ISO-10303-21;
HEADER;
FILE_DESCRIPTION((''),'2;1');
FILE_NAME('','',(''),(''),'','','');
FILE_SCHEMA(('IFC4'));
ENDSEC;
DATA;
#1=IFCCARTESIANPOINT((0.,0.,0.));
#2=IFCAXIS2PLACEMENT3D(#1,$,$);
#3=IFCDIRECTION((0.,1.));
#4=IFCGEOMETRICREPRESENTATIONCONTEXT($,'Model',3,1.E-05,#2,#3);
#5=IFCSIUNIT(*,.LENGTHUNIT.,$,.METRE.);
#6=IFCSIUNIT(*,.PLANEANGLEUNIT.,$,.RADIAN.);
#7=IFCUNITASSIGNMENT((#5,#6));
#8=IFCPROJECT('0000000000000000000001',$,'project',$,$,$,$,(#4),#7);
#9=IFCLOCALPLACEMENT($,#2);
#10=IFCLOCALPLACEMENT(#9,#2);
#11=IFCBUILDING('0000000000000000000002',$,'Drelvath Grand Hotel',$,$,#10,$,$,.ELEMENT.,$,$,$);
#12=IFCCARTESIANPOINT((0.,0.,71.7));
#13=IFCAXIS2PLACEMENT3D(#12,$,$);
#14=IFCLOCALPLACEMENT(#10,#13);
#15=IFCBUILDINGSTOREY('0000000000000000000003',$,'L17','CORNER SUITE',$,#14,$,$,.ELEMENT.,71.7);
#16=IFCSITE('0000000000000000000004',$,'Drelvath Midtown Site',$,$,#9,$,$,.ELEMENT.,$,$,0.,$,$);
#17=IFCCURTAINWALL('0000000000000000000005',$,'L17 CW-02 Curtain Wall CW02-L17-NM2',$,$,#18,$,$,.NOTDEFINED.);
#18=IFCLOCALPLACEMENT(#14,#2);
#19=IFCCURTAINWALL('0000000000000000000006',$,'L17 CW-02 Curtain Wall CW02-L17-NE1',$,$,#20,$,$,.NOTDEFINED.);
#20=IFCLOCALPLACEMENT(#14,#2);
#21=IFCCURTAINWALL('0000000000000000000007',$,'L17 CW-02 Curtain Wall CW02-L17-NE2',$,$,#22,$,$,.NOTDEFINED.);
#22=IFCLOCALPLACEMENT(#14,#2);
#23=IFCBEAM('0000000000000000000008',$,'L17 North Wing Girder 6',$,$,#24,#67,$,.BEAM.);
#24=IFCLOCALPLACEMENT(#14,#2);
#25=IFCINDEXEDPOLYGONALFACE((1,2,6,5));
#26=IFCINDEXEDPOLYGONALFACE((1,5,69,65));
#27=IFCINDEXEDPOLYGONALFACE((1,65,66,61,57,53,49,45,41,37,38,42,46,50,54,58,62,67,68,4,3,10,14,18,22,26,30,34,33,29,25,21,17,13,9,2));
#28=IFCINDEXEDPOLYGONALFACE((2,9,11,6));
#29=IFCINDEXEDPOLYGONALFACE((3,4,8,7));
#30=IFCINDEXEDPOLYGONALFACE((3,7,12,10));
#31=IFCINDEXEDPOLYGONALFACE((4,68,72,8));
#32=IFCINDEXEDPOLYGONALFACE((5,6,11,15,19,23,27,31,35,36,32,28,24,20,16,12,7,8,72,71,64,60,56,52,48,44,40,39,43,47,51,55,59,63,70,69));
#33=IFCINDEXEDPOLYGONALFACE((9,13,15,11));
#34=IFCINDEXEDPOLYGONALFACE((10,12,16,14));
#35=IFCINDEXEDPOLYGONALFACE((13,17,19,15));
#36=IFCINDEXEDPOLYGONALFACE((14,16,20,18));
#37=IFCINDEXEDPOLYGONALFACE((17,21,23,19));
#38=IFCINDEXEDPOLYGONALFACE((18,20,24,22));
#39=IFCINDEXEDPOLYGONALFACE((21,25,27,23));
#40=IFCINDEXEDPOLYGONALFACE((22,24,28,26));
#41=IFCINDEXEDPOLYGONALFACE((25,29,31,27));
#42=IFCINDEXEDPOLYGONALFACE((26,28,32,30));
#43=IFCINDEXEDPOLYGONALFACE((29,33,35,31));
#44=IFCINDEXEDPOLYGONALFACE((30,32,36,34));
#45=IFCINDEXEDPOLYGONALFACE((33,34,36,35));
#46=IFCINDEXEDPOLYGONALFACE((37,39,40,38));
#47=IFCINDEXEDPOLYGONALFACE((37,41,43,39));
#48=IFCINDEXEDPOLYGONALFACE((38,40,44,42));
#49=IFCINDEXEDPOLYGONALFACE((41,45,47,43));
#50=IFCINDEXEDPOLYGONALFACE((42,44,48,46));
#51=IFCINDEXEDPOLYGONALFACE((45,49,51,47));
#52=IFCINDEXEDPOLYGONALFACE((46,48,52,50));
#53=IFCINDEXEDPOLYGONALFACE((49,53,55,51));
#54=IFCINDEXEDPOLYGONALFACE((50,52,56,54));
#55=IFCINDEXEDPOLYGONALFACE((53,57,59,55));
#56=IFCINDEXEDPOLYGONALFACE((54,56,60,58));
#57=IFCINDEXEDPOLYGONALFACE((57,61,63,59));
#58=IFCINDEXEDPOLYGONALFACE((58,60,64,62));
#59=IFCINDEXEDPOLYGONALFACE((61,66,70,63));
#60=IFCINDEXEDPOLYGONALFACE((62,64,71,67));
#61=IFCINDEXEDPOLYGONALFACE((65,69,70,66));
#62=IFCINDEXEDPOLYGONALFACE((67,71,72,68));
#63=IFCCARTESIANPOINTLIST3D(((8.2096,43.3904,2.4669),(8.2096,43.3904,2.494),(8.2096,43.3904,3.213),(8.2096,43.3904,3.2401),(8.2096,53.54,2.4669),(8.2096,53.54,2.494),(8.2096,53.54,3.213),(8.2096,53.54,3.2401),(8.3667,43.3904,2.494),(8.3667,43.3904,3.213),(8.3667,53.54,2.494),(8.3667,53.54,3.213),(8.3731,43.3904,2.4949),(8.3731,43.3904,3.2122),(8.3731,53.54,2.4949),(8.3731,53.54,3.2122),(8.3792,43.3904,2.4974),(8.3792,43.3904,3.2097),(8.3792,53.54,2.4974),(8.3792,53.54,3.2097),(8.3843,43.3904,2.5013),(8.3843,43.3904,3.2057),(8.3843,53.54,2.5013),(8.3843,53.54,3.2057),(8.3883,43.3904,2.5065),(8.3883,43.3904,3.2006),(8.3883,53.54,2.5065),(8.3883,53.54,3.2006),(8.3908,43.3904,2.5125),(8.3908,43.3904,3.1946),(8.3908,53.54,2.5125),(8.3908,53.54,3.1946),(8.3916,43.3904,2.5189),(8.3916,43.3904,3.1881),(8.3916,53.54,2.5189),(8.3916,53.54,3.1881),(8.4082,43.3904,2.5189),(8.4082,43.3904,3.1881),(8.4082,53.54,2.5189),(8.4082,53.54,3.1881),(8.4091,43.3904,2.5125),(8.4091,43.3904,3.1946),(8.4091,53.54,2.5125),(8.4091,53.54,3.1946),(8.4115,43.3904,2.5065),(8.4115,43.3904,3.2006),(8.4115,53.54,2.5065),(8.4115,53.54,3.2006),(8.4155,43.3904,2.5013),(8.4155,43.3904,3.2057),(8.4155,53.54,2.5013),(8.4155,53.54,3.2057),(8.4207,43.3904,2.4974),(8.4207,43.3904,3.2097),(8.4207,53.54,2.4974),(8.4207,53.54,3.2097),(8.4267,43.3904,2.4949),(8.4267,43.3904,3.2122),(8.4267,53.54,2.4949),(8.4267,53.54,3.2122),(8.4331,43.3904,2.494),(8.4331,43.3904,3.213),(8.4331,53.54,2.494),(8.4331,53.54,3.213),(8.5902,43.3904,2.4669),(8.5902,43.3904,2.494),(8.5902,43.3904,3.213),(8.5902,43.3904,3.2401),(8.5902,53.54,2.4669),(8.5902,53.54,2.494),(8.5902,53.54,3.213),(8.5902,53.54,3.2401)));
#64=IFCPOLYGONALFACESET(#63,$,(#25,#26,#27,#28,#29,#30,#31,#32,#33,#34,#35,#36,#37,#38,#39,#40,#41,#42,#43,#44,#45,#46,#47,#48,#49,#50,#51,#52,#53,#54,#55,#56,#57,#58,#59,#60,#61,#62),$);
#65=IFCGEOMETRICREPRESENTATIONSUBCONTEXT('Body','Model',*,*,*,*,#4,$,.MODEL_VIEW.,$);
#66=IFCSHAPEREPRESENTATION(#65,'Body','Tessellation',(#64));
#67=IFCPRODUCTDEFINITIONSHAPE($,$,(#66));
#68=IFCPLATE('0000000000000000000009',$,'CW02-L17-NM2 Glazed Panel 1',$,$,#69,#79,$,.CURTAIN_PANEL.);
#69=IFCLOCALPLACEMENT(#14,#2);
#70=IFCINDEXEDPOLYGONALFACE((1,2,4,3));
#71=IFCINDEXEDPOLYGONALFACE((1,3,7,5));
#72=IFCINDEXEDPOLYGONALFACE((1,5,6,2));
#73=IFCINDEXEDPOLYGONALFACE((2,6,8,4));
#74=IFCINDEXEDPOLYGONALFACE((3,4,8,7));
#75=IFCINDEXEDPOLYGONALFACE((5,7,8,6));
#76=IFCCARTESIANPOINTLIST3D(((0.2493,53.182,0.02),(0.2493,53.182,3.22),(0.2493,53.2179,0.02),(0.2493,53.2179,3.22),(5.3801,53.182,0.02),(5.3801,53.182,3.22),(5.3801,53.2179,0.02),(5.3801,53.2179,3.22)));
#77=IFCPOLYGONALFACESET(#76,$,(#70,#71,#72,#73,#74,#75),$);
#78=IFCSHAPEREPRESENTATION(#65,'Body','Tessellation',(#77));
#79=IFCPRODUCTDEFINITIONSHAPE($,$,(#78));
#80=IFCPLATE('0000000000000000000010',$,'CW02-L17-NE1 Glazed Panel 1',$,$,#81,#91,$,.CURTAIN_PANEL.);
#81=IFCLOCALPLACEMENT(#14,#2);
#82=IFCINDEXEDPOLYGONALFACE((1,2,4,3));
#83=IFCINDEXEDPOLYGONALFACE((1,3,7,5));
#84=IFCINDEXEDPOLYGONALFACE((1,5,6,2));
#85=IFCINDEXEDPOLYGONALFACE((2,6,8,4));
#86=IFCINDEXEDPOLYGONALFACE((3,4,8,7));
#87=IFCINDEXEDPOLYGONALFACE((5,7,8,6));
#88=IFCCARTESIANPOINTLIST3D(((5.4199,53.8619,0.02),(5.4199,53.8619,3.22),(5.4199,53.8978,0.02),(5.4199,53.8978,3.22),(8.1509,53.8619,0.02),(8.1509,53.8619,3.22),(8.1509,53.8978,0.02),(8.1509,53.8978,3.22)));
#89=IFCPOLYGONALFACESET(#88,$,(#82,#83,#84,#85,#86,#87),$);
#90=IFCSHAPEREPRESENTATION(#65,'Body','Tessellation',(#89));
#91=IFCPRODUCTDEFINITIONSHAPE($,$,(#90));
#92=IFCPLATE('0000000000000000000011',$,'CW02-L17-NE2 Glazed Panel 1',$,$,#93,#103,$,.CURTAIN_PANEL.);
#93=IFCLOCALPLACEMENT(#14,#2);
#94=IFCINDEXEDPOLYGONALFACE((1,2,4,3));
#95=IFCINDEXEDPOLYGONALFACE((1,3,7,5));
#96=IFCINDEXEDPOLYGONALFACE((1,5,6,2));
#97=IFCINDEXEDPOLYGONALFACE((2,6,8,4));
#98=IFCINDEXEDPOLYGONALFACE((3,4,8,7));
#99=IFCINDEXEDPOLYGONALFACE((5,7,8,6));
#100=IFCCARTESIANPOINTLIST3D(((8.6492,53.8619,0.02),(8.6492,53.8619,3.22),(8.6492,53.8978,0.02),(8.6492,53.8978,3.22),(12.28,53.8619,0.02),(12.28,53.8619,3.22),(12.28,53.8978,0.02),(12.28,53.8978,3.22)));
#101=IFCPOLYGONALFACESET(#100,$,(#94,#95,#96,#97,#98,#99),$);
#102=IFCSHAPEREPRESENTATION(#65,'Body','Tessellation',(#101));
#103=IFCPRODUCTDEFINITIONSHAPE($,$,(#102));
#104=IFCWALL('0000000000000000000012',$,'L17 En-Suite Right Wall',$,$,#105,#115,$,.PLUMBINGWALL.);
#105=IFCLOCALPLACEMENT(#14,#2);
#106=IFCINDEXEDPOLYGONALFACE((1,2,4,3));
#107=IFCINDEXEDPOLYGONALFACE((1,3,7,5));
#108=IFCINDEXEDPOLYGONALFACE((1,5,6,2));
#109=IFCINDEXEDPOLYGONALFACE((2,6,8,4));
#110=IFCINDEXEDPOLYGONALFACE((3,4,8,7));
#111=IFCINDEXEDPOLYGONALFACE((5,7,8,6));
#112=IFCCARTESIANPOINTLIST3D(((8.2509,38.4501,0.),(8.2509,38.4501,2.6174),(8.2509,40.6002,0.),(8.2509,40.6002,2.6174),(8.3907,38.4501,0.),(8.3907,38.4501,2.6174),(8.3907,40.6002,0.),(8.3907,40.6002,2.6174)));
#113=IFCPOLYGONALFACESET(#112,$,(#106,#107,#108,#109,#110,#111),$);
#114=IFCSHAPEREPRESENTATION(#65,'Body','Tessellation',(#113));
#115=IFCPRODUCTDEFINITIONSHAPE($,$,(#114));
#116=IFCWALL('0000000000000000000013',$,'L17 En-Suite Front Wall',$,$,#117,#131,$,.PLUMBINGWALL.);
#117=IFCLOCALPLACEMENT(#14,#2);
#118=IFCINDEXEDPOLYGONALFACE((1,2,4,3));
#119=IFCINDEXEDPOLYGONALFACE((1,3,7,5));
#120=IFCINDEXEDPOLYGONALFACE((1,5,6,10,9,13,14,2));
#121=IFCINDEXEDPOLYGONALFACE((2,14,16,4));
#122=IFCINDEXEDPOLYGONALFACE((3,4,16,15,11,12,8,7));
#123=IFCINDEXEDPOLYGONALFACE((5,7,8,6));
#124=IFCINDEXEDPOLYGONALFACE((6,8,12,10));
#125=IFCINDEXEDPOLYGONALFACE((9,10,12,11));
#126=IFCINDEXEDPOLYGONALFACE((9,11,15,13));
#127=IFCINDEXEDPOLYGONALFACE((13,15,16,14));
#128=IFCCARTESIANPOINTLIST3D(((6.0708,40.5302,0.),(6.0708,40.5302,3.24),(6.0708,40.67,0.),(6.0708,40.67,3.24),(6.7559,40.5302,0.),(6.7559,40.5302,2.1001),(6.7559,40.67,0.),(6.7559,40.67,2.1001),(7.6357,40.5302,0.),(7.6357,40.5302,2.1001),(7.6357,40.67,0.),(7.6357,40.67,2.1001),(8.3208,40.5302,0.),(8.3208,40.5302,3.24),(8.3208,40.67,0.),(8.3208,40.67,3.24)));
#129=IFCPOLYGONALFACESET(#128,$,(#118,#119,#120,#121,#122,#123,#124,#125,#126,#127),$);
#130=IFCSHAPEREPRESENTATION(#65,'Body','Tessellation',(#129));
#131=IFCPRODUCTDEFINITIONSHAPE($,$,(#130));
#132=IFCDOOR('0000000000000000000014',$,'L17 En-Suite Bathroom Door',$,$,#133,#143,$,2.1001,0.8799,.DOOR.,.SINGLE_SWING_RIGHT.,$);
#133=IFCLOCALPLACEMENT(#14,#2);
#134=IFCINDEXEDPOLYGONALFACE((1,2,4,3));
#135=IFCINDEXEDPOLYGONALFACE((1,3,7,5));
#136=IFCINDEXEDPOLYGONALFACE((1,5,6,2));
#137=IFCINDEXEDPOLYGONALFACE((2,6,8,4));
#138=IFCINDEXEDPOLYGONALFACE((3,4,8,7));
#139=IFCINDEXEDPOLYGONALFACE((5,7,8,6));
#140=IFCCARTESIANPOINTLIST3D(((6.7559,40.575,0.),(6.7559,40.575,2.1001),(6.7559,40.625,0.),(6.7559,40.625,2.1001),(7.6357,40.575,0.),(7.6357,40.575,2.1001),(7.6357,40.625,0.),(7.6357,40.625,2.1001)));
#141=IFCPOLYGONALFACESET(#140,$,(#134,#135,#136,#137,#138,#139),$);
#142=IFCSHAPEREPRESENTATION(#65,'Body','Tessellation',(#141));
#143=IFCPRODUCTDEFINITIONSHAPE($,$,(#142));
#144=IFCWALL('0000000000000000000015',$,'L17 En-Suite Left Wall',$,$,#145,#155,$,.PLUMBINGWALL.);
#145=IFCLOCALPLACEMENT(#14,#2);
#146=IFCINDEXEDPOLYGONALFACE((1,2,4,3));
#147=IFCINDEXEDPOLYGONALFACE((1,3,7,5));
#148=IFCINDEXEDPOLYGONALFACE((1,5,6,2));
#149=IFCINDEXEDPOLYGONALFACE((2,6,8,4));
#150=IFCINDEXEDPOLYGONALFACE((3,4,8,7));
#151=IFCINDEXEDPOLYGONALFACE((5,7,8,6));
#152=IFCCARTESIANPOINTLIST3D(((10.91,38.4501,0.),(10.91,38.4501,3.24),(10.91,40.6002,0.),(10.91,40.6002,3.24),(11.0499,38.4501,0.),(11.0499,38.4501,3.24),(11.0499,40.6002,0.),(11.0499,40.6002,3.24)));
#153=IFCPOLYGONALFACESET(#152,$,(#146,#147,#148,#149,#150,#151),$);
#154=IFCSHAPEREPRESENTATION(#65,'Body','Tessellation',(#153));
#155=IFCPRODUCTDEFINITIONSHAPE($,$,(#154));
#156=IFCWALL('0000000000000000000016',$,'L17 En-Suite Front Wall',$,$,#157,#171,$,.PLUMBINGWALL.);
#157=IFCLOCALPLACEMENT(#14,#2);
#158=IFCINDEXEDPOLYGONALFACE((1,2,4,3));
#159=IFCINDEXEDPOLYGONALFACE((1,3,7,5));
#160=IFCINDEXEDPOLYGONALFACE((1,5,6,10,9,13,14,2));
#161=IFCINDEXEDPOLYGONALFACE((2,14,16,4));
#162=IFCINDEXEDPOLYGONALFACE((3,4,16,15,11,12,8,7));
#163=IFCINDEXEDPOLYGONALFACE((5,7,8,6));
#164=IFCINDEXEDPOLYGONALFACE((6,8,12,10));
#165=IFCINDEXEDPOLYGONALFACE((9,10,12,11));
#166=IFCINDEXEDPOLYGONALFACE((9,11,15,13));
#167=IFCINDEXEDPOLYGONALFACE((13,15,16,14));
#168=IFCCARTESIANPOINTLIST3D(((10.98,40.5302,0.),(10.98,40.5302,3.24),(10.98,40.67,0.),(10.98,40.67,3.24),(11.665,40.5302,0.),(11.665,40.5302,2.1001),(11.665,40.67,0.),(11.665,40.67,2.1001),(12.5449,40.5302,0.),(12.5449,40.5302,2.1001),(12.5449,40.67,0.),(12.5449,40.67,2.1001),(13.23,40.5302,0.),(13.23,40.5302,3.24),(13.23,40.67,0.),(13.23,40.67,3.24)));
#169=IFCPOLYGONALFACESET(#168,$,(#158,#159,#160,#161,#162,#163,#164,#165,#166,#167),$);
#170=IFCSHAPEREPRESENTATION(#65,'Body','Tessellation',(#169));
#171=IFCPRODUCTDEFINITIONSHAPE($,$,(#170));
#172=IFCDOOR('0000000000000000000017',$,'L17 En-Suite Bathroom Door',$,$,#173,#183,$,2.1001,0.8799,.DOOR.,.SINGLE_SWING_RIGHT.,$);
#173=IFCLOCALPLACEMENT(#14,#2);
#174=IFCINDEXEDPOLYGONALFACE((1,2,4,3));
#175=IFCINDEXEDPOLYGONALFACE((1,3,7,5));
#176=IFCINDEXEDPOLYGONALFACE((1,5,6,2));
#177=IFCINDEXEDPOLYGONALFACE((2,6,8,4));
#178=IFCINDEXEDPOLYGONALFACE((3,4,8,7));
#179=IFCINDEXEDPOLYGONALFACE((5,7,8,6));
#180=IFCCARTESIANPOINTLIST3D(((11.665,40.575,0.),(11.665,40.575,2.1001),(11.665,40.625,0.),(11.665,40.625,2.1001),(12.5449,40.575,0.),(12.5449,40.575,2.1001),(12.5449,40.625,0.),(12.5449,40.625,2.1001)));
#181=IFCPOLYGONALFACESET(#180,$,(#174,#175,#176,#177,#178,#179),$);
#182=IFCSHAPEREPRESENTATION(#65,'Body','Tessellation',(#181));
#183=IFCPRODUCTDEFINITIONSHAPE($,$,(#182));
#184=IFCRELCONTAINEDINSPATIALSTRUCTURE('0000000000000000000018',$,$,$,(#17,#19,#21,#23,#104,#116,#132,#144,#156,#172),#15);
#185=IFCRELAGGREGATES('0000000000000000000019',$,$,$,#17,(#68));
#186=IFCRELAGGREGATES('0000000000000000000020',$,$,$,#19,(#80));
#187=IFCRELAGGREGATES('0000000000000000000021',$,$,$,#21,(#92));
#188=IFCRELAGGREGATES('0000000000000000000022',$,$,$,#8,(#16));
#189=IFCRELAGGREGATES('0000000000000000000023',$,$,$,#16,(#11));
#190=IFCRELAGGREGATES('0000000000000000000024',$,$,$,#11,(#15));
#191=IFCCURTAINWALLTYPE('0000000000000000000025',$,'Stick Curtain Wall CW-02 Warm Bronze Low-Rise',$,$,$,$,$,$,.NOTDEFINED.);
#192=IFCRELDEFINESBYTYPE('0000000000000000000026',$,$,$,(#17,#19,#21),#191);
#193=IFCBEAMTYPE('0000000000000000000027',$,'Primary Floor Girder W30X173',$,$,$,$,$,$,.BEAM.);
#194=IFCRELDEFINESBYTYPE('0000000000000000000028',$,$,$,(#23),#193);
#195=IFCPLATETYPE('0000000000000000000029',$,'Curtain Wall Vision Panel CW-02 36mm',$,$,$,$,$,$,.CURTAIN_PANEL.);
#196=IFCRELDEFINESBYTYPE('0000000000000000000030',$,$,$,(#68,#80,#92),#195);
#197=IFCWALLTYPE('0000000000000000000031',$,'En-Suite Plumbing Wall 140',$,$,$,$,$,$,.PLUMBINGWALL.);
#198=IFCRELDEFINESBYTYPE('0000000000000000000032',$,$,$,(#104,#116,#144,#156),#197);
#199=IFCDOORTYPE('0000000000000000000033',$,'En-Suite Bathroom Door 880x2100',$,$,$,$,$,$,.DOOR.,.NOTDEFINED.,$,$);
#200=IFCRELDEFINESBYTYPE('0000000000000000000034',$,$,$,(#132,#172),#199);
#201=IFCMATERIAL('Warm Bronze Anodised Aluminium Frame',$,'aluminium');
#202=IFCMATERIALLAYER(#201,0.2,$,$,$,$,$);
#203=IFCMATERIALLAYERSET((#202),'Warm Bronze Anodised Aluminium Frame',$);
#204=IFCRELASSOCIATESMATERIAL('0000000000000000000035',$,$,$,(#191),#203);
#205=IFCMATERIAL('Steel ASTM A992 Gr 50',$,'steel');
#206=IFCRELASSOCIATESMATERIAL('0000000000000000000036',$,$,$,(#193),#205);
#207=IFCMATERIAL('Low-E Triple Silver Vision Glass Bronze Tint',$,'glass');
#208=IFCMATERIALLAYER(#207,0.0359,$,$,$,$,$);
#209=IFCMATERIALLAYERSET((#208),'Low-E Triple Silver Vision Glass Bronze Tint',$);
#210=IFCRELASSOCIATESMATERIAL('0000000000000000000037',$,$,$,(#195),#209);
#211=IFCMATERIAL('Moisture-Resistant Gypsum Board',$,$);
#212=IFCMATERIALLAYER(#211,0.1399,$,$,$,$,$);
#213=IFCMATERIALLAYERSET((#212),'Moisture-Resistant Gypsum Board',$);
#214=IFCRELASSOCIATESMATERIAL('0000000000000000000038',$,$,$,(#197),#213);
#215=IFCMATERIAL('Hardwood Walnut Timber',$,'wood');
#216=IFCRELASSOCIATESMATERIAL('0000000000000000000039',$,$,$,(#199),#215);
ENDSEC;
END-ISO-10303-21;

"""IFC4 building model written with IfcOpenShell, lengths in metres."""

from ifc_helpers import new_model, si_unit, direction, frame, frame_2d, origin, origin_2d, place, context, subcontext, project, spatial, rectangle, i_section, extrude, material, layer, layer_set, material_profile, profile_set, type_object, element, fill, aggregate, save


model = new_model("IFC4")

# Units and contexts
model_context = context("Model", 3, precision=1e-05, world=origin(), true_north=direction((0.0, 1.0)))
body_context = subcontext(model_context, "Body", "Model", "MODEL_VIEW")
ifc_project = project(units=[si_unit("LENGTHUNIT", "METRE"), si_unit("PLANEANGLEUNIT", "RADIAN")], contexts=[model_context])

# Site, building, storey
site_placement = place(None, origin())
site = spatial("IfcSite", under=ifc_project, at=site_placement, Name="Drelvath Midtown Site", CompositionType="ELEMENT", RefElevation=0.0)
building_placement = place(site_placement, origin())
building = spatial("IfcBuilding", under=site, at=building_placement, Name="Drelvath Grand Hotel", CompositionType="ELEMENT")
storey_placement = place(building_placement, frame((0.0, 0.0, 71.7)))
storey = spatial("IfcBuildingStorey", under=building, at=storey_placement, Name="L17", Description="CORNER SUITE", CompositionType="ELEMENT", Elevation=71.7)

# Curtain walls
ifc_material_1 = material(Name="Warm Bronze Anodised Aluminium Frame", Category="aluminium")
ifc_layer_1 = layer(ifc_material_1, 0.2)
ifc_layer_set_1 = layer_set([ifc_layer_1], Name="Warm Bronze Anodised Aluminium Frame")
curtain_wall_type = type_object("IfcCurtainWallType", Name="Stick Curtain Wall CW-02 Warm Bronze Low-Rise", PredefinedType="NOTDEFINED", material=ifc_layer_set_1)
curtain_wall_1_placement = place(storey_placement, origin())
curtain_wall_1 = element("IfcCurtainWall", 1, at=curtain_wall_1_placement, inside=storey, type_object=curtain_wall_type, Name="L17 CW-02 Curtain Wall CW02-L17-NM2", PredefinedType="NOTDEFINED")
curtain_wall_2_placement = place(storey_placement, origin())
curtain_wall_2 = element("IfcCurtainWall", 2, at=curtain_wall_2_placement, inside=storey, type_object=curtain_wall_type, Name="L17 CW-02 Curtain Wall CW02-L17-NE1", PredefinedType="NOTDEFINED")
curtain_wall_3_placement = place(storey_placement, origin())
curtain_wall_3 = element("IfcCurtainWall", 3, at=curtain_wall_3_placement, inside=storey, type_object=curtain_wall_type, Name="L17 CW-02 Curtain Wall CW02-L17-NE2", PredefinedType="NOTDEFINED")

# Beam
ifc_material_2 = material(Name="Steel ASTM A992 Gr 50", Category="steel")
ifc_material_profile_1 = material_profile(ifc_material_2, i_section(OverallWidth=0.3806, OverallDepth=0.7732, WebThickness=0.0166, FlangeThickness=0.0271, FilletRadius=0.0249, at=origin_2d()), Name="W30X173")
ifc_profile_set_1 = profile_set([ifc_material_profile_1], Name="Steel ASTM A992 Gr 50")
beam_type_1 = type_object("IfcBeamType", Name="Primary Floor Girder W30X173", PredefinedType="BEAM", material=ifc_profile_set_1)
beam_1_placement = place(storey_placement, frame((8.3999, 43.3904, 2.8535), z_axis=(0.0, 1.0, 0.0), x_axis=(-1.0, 0.0, 0.0)))
element("IfcBeam", 4, at=beam_1_placement, inside=storey, type_object=beam_type_1, Name="L17 North Wing Girder 6", PredefinedType="BEAM", context=body_context, shape_type="SweptSolid", body=[
    extrude(i_section(OverallWidth=0.3806, OverallDepth=0.7732, WebThickness=0.0166, FlangeThickness=0.0271, FilletRadius=0.0249, at=origin_2d()), origin(), (0.0, 0.0, 1.0), 10.1497),
])

# Plates
ifc_material_3 = material(Name="Low-E Triple Silver Vision Glass Bronze Tint", Category="glass")
ifc_layer_2 = layer(ifc_material_3, 0.0359)
ifc_layer_set_2 = layer_set([ifc_layer_2], Name="Low-E Triple Silver Vision Glass Bronze Tint")
plate_type = type_object("IfcPlateType", Name="Curtain Wall Vision Panel CW-02 36mm", PredefinedType="CURTAIN_PANEL", material=ifc_layer_set_2)
plate_1_placement = place(storey_placement, frame((2.8147, 53.2, 0.02), z_axis=(0.0, 0.0, 1.0), x_axis=(1.0, 0.0, 0.0)))
plate_1 = element("IfcPlate", 5, at=plate_1_placement, type_object=plate_type, Name="CW02-L17-NM2 Glazed Panel 1", PredefinedType="CURTAIN_PANEL", context=body_context, shape_type="SweptSolid", body=[
    extrude(rectangle(XDim=5.1309, YDim=0.0359, at=origin_2d()), origin(), (0.0, 0.0, 1.0), 3.2),
])
aggregate(curtain_wall_1, [plate_1])
plate_2_placement = place(storey_placement, frame((6.7854, 53.8799, 0.02), z_axis=(0.0, 0.0, 1.0), x_axis=(1.0, 0.0, 0.0)))
plate_2 = element("IfcPlate", 6, at=plate_2_placement, type_object=plate_type, Name="CW02-L17-NE1 Glazed Panel 1", PredefinedType="CURTAIN_PANEL", context=body_context, shape_type="SweptSolid", body=[
    extrude(rectangle(XDim=2.731, YDim=0.0359, at=origin_2d()), origin(), (0.0, 0.0, 1.0), 3.2),
])
aggregate(curtain_wall_2, [plate_2])
plate_3_placement = place(storey_placement, frame((10.4646, 53.8799, 0.02), z_axis=(0.0, 0.0, 1.0), x_axis=(1.0, 0.0, 0.0)))
plate_3 = element("IfcPlate", 7, at=plate_3_placement, type_object=plate_type, Name="CW02-L17-NE2 Glazed Panel 1", PredefinedType="CURTAIN_PANEL", context=body_context, shape_type="SweptSolid", body=[
    extrude(rectangle(XDim=3.6309, YDim=0.0359, at=origin_2d()), origin(), (0.0, 0.0, 1.0), 3.2),
])
aggregate(curtain_wall_3, [plate_3])

# Wall
ifc_material_4 = material(Name="Moisture-Resistant Gypsum Board")
ifc_layer_3 = layer(ifc_material_4, 0.1399)
ifc_layer_set_3 = layer_set([ifc_layer_3], Name="Moisture-Resistant Gypsum Board")
wall_type_1 = type_object("IfcWallType", Name="En-Suite Plumbing Wall 140", PredefinedType="PLUMBINGWALL", material=ifc_layer_set_3)
wall_1_placement = place(storey_placement, frame((8.3208, 38.45, 0.0), z_axis=(0.0, 0.0, 1.0), x_axis=(0.0, 1.0, 0.0)))
element("IfcWall", 8, at=wall_1_placement, inside=storey, type_object=wall_type_1, Name="L17 En-Suite Right Wall", PredefinedType="PLUMBINGWALL", context=body_context, shape_type="SweptSolid", body=[
    extrude(rectangle(XDim=2.1501, YDim=0.1399, at=frame_2d((1.0752, 0.0))), origin(), (0.0, 0.0, 1.0), 2.6174),
])

# Wall, opening, door
wall_2_placement = place(storey_placement, frame((6.0708, 40.6001, 0.0), z_axis=(0.0, 0.0, 1.0), x_axis=(1.0, 0.0, 0.0)))
wall_2 = element("IfcWall", 9, at=wall_2_placement, inside=storey, type_object=wall_type_1, Name="L17 En-Suite Front Wall", PredefinedType="PLUMBINGWALL", context=body_context, shape_type="SweptSolid", body=[
    extrude(rectangle(XDim=2.25, YDim=0.1399, at=frame_2d((1.125, 0.0))), origin(), (0.0, 0.0, 1.0), 3.24),
])
opening_1_placement = place(wall_2_placement, frame((0.6851, 0.0, 0.0)))
opening_1 = element("IfcOpeningElement", 10, at=opening_1_placement, cuts=wall_2, PredefinedType="OPENING", context=body_context, shape_type="SweptSolid", body=[
    extrude(rectangle(XDim=0.8799, YDim=2.1001, at=frame_2d((0.4399, 1.05))), frame((0.0, 0.0798, 0.0), z_axis=(0.0, -1.0, 0.0), x_axis=(1.0, 0.0, 0.0)), (0.0, 0.0, 1.0), 0.1599),
])
ifc_material_5 = material(Name="Hardwood Walnut Timber", Category="wood")
door_type = type_object("IfcDoorType", Name="En-Suite Bathroom Door 880x2100", OperationType="NOTDEFINED", PredefinedType="DOOR", material=ifc_material_5)
door_1_placement = place(opening_1_placement, origin())
door_1 = element("IfcDoor", 11, at=door_1_placement, inside=storey, type_object=door_type, Name="L17 En-Suite Bathroom Door", OperationType="SINGLE_SWING_RIGHT", OverallHeight=2.1001, OverallWidth=0.8799, PredefinedType="DOOR", context=body_context, shape_type="SweptSolid", body=[
    extrude(rectangle(XDim=0.8799, YDim=2.1001, at=frame_2d((0.4399, 1.05))), frame((0.0, 0.0249, 0.0), z_axis=(0.0, -1.0, 0.0), x_axis=(1.0, 0.0, 0.0)), (0.0, 0.0, 1.0), 0.05),
])
fill(opening_1, door_1)

# Wall
wall_3_placement = place(storey_placement, frame((10.98, 38.45, 0.0), z_axis=(0.0, 0.0, 1.0), x_axis=(0.0, 1.0, 0.0)))
element("IfcWall", 12, at=wall_3_placement, inside=storey, type_object=wall_type_1, Name="L17 En-Suite Left Wall", PredefinedType="PLUMBINGWALL", context=body_context, shape_type="SweptSolid", body=[
    extrude(rectangle(XDim=2.1501, YDim=0.1399, at=frame_2d((1.0752, 0.0))), origin(), (0.0, 0.0, 1.0), 3.24),
])

# Wall, opening, door
wall_4_placement = place(storey_placement, frame((10.98, 40.6001, 0.0), z_axis=(0.0, 0.0, 1.0), x_axis=(1.0, 0.0, 0.0)))
wall_4 = element("IfcWall", 13, at=wall_4_placement, inside=storey, type_object=wall_type_1, Name="L17 En-Suite Front Wall", PredefinedType="PLUMBINGWALL", context=body_context, shape_type="SweptSolid", body=[
    extrude(rectangle(XDim=2.25, YDim=0.1399, at=frame_2d((1.125, 0.0))), origin(), (0.0, 0.0, 1.0), 3.24),
])
opening_2_placement = place(wall_4_placement, frame((0.6851, 0.0, 0.0)))
opening_2 = element("IfcOpeningElement", 14, at=opening_2_placement, cuts=wall_4, PredefinedType="OPENING", context=body_context, shape_type="SweptSolid", body=[
    extrude(rectangle(XDim=0.8799, YDim=2.1001, at=frame_2d((0.4399, 1.05))), frame((0.0, 0.0798, 0.0), z_axis=(0.0, -1.0, 0.0), x_axis=(1.0, 0.0, 0.0)), (0.0, 0.0, 1.0), 0.1599),
])
door_2_placement = place(opening_2_placement, origin())
door_2 = element("IfcDoor", 15, at=door_2_placement, inside=storey, type_object=door_type, Name="L17 En-Suite Bathroom Door", OperationType="SINGLE_SWING_RIGHT", OverallHeight=2.1001, OverallWidth=0.8799, PredefinedType="DOOR", context=body_context, shape_type="SweptSolid", body=[
    extrude(rectangle(XDim=0.8799, YDim=2.1001, at=frame_2d((0.4399, 1.05))), frame((0.0, 0.0249, 0.0), z_axis=(0.0, -1.0, 0.0), x_axis=(1.0, 0.0, 0.0)), (0.0, 0.0, 1.0), 0.05),
])
fill(opening_2, door_2)

save(model, "model.ifc")
